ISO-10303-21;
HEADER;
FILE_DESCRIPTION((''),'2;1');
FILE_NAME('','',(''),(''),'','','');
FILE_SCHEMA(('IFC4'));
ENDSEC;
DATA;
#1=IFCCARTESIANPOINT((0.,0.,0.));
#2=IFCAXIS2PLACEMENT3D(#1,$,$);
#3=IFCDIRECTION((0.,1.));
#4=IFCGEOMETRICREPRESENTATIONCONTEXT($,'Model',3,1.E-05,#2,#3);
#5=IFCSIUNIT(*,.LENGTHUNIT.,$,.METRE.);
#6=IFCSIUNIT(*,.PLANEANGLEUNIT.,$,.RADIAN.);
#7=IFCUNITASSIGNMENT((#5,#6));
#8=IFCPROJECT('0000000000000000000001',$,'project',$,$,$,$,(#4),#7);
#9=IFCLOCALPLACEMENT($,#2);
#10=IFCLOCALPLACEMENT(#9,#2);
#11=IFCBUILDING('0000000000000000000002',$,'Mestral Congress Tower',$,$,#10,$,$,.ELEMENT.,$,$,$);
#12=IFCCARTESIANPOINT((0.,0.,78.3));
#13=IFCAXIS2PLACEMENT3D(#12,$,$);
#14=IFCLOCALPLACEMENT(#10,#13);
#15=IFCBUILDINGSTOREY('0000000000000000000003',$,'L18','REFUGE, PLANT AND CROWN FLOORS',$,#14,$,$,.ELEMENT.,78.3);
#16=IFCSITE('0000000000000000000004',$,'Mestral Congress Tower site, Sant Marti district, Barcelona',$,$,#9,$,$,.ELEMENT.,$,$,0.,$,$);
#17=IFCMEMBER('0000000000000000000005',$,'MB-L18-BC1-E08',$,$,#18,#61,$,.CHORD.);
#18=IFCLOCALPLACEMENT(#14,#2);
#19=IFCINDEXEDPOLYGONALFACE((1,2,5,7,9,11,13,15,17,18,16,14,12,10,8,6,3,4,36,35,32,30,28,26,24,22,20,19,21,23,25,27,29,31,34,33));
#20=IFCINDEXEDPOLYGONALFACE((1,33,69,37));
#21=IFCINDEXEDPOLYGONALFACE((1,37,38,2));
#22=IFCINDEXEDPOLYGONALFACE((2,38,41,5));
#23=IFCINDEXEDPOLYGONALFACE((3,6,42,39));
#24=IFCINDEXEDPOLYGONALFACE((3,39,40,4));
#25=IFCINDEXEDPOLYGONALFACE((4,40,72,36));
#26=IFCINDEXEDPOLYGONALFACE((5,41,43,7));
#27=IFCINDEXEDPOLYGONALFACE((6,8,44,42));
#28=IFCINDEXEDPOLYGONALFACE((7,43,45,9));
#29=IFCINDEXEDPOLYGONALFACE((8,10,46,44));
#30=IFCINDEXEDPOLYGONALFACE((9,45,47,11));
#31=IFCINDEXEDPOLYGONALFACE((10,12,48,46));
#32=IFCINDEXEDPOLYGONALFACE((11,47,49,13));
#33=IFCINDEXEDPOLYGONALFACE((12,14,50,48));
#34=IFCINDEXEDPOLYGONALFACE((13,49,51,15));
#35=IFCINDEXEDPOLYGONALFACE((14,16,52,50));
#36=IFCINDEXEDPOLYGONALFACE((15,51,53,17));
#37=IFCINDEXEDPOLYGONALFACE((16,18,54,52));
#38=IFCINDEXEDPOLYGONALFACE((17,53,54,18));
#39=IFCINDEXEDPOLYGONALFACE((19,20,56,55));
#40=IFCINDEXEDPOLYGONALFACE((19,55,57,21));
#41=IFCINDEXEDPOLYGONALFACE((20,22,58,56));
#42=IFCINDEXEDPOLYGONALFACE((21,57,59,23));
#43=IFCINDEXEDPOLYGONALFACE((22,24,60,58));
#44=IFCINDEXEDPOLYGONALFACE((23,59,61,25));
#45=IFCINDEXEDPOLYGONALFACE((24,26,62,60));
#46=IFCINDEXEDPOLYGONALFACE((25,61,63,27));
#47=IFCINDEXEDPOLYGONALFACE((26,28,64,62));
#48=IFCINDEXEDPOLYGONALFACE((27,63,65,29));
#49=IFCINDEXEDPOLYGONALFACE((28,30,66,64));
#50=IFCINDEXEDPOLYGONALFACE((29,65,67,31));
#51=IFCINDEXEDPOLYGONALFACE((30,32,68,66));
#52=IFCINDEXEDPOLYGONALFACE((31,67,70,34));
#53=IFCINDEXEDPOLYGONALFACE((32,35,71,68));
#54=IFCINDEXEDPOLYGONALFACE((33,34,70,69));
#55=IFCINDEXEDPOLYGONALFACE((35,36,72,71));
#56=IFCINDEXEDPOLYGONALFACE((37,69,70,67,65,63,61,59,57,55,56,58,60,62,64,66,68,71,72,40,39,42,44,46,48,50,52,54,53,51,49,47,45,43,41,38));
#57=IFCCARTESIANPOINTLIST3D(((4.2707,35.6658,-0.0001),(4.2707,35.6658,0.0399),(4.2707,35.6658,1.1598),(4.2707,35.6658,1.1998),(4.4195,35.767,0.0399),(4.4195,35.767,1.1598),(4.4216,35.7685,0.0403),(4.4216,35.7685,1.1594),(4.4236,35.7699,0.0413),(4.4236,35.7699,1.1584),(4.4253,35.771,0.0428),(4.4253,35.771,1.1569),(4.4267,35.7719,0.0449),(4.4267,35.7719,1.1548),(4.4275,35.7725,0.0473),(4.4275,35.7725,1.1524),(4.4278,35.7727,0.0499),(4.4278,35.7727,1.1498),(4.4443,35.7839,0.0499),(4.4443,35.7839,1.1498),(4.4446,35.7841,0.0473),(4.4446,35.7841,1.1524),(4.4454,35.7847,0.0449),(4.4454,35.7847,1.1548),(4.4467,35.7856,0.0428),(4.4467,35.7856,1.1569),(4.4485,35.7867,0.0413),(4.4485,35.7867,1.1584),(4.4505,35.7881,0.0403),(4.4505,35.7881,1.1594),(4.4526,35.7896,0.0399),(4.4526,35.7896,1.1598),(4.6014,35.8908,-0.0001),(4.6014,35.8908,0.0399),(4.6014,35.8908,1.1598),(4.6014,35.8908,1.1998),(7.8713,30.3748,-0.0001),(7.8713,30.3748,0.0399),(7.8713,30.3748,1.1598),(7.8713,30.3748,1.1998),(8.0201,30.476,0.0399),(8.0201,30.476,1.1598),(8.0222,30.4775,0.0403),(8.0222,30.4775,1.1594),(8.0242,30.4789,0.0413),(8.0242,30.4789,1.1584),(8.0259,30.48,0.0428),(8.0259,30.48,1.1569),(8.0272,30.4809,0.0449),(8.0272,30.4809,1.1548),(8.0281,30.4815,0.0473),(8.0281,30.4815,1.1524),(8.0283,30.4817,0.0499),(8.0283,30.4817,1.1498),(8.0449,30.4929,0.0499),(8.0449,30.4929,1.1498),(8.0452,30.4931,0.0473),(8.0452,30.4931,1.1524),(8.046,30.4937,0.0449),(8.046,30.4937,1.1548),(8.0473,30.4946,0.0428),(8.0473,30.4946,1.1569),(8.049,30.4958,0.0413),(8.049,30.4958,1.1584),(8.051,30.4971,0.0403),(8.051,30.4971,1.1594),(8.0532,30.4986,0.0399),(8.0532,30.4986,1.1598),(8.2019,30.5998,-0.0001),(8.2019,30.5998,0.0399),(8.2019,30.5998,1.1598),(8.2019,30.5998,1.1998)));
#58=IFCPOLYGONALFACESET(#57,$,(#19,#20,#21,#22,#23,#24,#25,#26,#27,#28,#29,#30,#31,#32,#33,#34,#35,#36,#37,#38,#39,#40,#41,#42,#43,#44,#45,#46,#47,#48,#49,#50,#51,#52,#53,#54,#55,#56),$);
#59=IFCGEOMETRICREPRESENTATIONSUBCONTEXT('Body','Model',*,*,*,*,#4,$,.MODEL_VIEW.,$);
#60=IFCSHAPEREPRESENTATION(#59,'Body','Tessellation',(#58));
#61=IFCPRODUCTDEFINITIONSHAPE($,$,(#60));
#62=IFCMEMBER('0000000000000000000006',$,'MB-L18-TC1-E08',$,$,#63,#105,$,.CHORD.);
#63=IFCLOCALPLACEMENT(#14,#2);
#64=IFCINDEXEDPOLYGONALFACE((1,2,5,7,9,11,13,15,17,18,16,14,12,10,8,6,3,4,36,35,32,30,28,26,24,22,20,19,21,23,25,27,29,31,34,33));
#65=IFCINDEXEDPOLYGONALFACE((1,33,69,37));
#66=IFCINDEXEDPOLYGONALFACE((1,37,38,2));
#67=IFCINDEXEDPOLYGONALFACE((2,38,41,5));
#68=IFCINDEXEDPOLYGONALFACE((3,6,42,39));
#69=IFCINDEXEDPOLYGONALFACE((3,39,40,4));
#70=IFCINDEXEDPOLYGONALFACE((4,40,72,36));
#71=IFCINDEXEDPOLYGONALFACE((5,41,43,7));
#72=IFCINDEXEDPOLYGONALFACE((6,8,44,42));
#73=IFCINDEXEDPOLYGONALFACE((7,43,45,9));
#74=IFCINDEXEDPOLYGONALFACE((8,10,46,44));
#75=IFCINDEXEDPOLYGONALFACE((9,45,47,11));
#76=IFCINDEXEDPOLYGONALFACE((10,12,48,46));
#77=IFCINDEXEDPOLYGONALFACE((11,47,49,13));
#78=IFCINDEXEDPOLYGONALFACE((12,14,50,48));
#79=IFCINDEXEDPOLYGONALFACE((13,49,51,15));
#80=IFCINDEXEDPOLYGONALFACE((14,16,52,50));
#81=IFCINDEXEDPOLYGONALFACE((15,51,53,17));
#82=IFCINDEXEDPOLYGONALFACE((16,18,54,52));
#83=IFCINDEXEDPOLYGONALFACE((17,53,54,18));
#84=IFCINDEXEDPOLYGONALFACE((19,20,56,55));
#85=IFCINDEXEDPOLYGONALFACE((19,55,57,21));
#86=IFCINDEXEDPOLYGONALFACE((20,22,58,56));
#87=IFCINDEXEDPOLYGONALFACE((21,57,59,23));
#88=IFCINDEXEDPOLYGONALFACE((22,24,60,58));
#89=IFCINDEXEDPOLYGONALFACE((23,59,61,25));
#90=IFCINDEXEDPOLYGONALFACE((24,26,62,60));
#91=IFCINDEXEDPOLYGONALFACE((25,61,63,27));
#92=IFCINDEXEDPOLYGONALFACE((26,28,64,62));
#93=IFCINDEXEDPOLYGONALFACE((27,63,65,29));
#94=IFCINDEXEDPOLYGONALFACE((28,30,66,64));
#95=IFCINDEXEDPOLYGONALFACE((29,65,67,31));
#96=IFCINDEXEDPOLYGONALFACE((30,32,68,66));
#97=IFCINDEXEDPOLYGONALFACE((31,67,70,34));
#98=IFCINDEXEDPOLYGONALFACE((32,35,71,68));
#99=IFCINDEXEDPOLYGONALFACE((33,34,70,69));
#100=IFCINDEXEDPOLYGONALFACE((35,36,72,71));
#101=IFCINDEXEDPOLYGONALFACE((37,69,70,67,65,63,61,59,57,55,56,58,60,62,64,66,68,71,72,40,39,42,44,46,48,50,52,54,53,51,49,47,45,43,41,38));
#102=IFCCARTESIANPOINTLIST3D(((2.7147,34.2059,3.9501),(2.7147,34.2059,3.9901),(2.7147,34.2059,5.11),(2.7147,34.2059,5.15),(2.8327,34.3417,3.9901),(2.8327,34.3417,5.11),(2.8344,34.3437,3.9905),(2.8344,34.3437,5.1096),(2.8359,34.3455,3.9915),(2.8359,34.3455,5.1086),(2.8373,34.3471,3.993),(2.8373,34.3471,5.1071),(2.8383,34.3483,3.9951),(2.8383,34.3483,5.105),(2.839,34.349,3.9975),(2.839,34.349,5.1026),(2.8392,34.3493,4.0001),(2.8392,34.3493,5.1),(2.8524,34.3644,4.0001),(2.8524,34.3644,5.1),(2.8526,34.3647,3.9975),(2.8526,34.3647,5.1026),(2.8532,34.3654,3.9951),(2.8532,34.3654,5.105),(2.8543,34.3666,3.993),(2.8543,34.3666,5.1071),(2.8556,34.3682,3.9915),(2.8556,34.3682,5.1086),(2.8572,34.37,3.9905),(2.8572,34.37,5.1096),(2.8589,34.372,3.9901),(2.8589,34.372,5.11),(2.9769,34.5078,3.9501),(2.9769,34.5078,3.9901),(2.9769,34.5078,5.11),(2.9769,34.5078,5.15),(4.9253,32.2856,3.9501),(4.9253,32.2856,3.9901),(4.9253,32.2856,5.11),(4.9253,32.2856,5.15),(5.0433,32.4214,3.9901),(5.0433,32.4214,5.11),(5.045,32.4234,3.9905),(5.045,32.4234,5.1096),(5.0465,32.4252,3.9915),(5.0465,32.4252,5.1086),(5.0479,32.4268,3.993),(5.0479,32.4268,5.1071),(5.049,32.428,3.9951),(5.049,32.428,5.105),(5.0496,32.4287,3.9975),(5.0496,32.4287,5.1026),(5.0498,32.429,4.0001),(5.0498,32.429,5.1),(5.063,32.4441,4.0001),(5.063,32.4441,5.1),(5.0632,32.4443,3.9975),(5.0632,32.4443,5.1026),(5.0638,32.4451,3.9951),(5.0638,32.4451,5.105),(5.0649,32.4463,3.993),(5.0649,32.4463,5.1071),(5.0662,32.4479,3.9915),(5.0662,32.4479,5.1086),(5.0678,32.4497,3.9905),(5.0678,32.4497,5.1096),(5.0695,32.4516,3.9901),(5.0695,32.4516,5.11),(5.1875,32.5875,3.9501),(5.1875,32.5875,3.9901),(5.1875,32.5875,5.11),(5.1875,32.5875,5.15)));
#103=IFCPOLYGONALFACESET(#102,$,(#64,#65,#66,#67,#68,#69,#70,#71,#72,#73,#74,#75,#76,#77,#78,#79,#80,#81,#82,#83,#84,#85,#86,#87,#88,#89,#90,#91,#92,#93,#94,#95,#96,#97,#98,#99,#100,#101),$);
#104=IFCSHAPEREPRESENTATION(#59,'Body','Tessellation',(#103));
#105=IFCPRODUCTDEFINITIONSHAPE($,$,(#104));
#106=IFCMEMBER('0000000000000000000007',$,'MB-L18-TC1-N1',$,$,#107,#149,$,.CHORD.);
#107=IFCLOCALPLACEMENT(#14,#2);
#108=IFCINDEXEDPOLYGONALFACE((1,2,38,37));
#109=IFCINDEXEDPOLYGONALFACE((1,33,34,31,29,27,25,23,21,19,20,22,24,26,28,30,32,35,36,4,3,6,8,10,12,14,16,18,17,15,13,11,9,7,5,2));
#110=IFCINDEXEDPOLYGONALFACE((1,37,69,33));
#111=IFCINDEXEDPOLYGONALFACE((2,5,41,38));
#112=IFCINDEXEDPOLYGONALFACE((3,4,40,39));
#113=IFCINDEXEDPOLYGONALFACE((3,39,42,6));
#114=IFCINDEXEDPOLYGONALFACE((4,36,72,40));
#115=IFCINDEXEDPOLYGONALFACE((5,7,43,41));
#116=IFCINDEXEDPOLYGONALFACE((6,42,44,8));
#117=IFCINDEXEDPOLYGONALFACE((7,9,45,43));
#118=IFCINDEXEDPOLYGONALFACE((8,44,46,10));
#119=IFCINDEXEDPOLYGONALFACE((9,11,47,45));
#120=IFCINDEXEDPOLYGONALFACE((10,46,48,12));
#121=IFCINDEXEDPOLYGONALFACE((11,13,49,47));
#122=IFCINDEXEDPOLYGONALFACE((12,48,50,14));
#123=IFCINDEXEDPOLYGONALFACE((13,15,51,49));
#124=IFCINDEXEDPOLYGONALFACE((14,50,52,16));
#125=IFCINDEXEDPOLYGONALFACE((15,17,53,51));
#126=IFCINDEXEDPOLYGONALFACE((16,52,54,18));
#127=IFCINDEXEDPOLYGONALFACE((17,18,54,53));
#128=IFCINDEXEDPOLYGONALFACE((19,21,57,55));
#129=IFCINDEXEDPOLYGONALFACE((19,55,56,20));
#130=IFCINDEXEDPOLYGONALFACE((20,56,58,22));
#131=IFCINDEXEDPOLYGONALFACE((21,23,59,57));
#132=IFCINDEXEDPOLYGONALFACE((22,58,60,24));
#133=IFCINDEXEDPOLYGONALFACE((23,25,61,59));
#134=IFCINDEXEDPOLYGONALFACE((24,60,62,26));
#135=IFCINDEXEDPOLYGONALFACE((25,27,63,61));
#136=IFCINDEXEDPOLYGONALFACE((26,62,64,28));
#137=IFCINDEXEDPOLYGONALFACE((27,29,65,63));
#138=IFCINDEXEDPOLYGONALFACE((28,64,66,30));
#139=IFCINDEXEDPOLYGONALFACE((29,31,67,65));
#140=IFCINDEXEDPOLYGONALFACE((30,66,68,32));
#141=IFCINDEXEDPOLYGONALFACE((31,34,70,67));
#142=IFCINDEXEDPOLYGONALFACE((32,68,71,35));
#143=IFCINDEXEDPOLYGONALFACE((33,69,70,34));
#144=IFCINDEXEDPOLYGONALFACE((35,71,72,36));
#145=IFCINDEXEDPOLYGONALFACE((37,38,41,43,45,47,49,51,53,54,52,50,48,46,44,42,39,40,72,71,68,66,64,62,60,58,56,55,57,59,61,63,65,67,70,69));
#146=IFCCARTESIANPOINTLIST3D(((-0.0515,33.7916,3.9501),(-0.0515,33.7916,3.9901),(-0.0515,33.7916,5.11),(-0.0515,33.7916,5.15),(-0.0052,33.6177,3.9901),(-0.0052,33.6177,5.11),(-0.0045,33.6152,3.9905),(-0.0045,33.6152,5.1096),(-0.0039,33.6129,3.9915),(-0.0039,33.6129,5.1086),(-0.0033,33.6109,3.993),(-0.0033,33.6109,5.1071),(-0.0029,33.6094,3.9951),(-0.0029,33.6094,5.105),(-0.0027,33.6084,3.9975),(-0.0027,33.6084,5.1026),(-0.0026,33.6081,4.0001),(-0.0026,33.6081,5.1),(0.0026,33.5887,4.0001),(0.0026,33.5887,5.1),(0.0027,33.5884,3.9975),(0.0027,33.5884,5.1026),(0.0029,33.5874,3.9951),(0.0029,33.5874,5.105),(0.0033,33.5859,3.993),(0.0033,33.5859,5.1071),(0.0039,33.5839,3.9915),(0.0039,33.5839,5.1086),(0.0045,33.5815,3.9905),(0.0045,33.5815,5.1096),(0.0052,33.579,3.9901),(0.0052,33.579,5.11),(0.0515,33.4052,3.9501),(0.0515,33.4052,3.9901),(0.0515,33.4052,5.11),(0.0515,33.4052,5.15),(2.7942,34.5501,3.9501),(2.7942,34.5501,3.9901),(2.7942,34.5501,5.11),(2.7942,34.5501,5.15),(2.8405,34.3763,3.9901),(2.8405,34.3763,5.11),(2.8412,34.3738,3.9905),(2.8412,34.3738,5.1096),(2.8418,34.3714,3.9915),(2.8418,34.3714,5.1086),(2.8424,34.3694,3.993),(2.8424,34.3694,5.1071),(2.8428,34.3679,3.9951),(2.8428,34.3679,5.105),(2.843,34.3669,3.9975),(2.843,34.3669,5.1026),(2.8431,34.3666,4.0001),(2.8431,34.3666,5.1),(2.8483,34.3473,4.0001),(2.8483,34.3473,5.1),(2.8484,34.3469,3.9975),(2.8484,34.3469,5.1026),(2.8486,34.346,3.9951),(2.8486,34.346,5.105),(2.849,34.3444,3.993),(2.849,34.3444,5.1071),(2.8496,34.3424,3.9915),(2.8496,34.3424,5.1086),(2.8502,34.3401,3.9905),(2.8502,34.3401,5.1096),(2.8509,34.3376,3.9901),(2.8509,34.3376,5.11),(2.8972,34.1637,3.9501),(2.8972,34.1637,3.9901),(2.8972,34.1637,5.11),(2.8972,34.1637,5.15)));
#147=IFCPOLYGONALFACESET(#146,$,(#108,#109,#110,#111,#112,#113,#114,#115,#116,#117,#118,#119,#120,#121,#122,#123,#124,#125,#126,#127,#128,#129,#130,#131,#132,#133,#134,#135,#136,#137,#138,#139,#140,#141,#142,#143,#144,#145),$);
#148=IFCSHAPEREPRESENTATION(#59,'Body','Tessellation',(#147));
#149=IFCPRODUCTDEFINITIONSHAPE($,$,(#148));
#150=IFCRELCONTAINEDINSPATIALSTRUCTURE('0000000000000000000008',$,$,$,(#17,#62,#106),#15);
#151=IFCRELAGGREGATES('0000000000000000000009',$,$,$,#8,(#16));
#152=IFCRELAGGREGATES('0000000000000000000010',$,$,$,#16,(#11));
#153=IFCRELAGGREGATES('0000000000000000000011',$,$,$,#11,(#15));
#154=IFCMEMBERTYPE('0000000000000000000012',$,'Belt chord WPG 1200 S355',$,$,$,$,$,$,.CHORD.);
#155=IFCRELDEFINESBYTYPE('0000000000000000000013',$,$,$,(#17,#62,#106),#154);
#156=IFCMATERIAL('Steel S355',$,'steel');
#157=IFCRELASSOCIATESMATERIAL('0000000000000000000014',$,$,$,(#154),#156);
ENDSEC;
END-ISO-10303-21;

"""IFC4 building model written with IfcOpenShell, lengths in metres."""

from ifc_helpers import new_model, si_unit, direction, frame, origin, origin_2d, place, context, subcontext, project, spatial, i_section, extrude, material, material_profile, profile_set, type_object, element, save


model = new_model("IFC4")

# Units and contexts
model_context = context("Model", 3, precision=1e-05, world=origin(), true_north=direction((0.0, 1.0)))
body_context = subcontext(model_context, "Body", "Model", "MODEL_VIEW")
ifc_project = project(units=[si_unit("LENGTHUNIT", "METRE"), si_unit("PLANEANGLEUNIT", "RADIAN")], contexts=[model_context])

# Site, building, storey
site_placement = place(None, origin())
site = spatial("IfcSite", under=ifc_project, at=site_placement, Name="Mestral Congress Tower site, Sant Marti district, Barcelona", CompositionType="ELEMENT", RefElevation=0.0)
building_placement = place(site_placement, origin())
building = spatial("IfcBuilding", under=site, at=building_placement, Name="Mestral Congress Tower", CompositionType="ELEMENT")
storey_placement = place(building_placement, frame((0.0, 0.0, 78.3)))
storey = spatial("IfcBuildingStorey", under=building, at=storey_placement, Name="L18", Description="REFUGE, PLANT AND CROWN FLOORS", CompositionType="ELEMENT", Elevation=78.3)

# Members
ifc_material_1 = material(Name="Steel S355", Category="steel")
ifc_material_profile_1 = material_profile(ifc_material_1, i_section(OverallWidth=0.3999, OverallDepth=1.2, WebThickness=0.02, FlangeThickness=0.04, FilletRadius=0.01, at=origin_2d()), Name="WPG 1200")
ifc_profile_set_1 = profile_set([ifc_material_profile_1], Name="Steel S355")
member_type_1 = type_object("IfcMemberType", Name="Belt chord WPG 1200 S355", PredefinedType="CHORD", material=ifc_profile_set_1)
member_1_placement = place(storey_placement, frame((8.0366, 30.4873, 0.5999), z_axis=(-0.562598, 0.826731, 0.0), x_axis=(-0.826731, -0.562598, 0.0)))
element("IfcMember", 1, at=member_1_placement, inside=storey, type_object=member_type_1, Name="MB-L18-BC1-E08", PredefinedType="CHORD", context=body_context, shape_type="SweptSolid", body=[
    extrude(i_section(OverallWidth=0.3999, OverallDepth=1.2, WebThickness=0.02, FlangeThickness=0.04, FilletRadius=0.01, at=origin_2d()), origin(), (0.0, 0.0, 1.0), 6.3999),
])
member_2_placement = place(storey_placement, frame((5.0564, 32.4365, 4.55), z_axis=(-0.754932, 0.655803, 0.0), x_axis=(-0.655803, -0.754932, 0.0)))
element("IfcMember", 2, at=member_2_placement, inside=storey, type_object=member_type_1, Name="MB-L18-TC1-E08", PredefinedType="CHORD", context=body_context, shape_type="SweptSolid", body=[
    extrude(i_section(OverallWidth=0.3999, OverallDepth=1.2, WebThickness=0.02, FlangeThickness=0.04, FilletRadius=0.01, at=origin_2d()), origin(), (0.0, 0.0, 1.0), 2.9282),
])
member_3_placement = place(storey_placement, frame((2.8457, 34.3569, 4.55), z_axis=(-0.966261, -0.257565, 0.0), x_axis=(0.257565, -0.966261, 0.0)))
element("IfcMember", 3, at=member_3_placement, inside=storey, type_object=member_type_1, Name="MB-L18-TC1-N1", PredefinedType="CHORD", context=body_context, shape_type="SweptSolid", body=[
    extrude(i_section(OverallWidth=0.3999, OverallDepth=1.2, WebThickness=0.02, FlangeThickness=0.04, FilletRadius=0.01, at=origin_2d()), origin(), (0.0, 0.0, 1.0), 2.9451),
])

save(model, "model.ifc")
